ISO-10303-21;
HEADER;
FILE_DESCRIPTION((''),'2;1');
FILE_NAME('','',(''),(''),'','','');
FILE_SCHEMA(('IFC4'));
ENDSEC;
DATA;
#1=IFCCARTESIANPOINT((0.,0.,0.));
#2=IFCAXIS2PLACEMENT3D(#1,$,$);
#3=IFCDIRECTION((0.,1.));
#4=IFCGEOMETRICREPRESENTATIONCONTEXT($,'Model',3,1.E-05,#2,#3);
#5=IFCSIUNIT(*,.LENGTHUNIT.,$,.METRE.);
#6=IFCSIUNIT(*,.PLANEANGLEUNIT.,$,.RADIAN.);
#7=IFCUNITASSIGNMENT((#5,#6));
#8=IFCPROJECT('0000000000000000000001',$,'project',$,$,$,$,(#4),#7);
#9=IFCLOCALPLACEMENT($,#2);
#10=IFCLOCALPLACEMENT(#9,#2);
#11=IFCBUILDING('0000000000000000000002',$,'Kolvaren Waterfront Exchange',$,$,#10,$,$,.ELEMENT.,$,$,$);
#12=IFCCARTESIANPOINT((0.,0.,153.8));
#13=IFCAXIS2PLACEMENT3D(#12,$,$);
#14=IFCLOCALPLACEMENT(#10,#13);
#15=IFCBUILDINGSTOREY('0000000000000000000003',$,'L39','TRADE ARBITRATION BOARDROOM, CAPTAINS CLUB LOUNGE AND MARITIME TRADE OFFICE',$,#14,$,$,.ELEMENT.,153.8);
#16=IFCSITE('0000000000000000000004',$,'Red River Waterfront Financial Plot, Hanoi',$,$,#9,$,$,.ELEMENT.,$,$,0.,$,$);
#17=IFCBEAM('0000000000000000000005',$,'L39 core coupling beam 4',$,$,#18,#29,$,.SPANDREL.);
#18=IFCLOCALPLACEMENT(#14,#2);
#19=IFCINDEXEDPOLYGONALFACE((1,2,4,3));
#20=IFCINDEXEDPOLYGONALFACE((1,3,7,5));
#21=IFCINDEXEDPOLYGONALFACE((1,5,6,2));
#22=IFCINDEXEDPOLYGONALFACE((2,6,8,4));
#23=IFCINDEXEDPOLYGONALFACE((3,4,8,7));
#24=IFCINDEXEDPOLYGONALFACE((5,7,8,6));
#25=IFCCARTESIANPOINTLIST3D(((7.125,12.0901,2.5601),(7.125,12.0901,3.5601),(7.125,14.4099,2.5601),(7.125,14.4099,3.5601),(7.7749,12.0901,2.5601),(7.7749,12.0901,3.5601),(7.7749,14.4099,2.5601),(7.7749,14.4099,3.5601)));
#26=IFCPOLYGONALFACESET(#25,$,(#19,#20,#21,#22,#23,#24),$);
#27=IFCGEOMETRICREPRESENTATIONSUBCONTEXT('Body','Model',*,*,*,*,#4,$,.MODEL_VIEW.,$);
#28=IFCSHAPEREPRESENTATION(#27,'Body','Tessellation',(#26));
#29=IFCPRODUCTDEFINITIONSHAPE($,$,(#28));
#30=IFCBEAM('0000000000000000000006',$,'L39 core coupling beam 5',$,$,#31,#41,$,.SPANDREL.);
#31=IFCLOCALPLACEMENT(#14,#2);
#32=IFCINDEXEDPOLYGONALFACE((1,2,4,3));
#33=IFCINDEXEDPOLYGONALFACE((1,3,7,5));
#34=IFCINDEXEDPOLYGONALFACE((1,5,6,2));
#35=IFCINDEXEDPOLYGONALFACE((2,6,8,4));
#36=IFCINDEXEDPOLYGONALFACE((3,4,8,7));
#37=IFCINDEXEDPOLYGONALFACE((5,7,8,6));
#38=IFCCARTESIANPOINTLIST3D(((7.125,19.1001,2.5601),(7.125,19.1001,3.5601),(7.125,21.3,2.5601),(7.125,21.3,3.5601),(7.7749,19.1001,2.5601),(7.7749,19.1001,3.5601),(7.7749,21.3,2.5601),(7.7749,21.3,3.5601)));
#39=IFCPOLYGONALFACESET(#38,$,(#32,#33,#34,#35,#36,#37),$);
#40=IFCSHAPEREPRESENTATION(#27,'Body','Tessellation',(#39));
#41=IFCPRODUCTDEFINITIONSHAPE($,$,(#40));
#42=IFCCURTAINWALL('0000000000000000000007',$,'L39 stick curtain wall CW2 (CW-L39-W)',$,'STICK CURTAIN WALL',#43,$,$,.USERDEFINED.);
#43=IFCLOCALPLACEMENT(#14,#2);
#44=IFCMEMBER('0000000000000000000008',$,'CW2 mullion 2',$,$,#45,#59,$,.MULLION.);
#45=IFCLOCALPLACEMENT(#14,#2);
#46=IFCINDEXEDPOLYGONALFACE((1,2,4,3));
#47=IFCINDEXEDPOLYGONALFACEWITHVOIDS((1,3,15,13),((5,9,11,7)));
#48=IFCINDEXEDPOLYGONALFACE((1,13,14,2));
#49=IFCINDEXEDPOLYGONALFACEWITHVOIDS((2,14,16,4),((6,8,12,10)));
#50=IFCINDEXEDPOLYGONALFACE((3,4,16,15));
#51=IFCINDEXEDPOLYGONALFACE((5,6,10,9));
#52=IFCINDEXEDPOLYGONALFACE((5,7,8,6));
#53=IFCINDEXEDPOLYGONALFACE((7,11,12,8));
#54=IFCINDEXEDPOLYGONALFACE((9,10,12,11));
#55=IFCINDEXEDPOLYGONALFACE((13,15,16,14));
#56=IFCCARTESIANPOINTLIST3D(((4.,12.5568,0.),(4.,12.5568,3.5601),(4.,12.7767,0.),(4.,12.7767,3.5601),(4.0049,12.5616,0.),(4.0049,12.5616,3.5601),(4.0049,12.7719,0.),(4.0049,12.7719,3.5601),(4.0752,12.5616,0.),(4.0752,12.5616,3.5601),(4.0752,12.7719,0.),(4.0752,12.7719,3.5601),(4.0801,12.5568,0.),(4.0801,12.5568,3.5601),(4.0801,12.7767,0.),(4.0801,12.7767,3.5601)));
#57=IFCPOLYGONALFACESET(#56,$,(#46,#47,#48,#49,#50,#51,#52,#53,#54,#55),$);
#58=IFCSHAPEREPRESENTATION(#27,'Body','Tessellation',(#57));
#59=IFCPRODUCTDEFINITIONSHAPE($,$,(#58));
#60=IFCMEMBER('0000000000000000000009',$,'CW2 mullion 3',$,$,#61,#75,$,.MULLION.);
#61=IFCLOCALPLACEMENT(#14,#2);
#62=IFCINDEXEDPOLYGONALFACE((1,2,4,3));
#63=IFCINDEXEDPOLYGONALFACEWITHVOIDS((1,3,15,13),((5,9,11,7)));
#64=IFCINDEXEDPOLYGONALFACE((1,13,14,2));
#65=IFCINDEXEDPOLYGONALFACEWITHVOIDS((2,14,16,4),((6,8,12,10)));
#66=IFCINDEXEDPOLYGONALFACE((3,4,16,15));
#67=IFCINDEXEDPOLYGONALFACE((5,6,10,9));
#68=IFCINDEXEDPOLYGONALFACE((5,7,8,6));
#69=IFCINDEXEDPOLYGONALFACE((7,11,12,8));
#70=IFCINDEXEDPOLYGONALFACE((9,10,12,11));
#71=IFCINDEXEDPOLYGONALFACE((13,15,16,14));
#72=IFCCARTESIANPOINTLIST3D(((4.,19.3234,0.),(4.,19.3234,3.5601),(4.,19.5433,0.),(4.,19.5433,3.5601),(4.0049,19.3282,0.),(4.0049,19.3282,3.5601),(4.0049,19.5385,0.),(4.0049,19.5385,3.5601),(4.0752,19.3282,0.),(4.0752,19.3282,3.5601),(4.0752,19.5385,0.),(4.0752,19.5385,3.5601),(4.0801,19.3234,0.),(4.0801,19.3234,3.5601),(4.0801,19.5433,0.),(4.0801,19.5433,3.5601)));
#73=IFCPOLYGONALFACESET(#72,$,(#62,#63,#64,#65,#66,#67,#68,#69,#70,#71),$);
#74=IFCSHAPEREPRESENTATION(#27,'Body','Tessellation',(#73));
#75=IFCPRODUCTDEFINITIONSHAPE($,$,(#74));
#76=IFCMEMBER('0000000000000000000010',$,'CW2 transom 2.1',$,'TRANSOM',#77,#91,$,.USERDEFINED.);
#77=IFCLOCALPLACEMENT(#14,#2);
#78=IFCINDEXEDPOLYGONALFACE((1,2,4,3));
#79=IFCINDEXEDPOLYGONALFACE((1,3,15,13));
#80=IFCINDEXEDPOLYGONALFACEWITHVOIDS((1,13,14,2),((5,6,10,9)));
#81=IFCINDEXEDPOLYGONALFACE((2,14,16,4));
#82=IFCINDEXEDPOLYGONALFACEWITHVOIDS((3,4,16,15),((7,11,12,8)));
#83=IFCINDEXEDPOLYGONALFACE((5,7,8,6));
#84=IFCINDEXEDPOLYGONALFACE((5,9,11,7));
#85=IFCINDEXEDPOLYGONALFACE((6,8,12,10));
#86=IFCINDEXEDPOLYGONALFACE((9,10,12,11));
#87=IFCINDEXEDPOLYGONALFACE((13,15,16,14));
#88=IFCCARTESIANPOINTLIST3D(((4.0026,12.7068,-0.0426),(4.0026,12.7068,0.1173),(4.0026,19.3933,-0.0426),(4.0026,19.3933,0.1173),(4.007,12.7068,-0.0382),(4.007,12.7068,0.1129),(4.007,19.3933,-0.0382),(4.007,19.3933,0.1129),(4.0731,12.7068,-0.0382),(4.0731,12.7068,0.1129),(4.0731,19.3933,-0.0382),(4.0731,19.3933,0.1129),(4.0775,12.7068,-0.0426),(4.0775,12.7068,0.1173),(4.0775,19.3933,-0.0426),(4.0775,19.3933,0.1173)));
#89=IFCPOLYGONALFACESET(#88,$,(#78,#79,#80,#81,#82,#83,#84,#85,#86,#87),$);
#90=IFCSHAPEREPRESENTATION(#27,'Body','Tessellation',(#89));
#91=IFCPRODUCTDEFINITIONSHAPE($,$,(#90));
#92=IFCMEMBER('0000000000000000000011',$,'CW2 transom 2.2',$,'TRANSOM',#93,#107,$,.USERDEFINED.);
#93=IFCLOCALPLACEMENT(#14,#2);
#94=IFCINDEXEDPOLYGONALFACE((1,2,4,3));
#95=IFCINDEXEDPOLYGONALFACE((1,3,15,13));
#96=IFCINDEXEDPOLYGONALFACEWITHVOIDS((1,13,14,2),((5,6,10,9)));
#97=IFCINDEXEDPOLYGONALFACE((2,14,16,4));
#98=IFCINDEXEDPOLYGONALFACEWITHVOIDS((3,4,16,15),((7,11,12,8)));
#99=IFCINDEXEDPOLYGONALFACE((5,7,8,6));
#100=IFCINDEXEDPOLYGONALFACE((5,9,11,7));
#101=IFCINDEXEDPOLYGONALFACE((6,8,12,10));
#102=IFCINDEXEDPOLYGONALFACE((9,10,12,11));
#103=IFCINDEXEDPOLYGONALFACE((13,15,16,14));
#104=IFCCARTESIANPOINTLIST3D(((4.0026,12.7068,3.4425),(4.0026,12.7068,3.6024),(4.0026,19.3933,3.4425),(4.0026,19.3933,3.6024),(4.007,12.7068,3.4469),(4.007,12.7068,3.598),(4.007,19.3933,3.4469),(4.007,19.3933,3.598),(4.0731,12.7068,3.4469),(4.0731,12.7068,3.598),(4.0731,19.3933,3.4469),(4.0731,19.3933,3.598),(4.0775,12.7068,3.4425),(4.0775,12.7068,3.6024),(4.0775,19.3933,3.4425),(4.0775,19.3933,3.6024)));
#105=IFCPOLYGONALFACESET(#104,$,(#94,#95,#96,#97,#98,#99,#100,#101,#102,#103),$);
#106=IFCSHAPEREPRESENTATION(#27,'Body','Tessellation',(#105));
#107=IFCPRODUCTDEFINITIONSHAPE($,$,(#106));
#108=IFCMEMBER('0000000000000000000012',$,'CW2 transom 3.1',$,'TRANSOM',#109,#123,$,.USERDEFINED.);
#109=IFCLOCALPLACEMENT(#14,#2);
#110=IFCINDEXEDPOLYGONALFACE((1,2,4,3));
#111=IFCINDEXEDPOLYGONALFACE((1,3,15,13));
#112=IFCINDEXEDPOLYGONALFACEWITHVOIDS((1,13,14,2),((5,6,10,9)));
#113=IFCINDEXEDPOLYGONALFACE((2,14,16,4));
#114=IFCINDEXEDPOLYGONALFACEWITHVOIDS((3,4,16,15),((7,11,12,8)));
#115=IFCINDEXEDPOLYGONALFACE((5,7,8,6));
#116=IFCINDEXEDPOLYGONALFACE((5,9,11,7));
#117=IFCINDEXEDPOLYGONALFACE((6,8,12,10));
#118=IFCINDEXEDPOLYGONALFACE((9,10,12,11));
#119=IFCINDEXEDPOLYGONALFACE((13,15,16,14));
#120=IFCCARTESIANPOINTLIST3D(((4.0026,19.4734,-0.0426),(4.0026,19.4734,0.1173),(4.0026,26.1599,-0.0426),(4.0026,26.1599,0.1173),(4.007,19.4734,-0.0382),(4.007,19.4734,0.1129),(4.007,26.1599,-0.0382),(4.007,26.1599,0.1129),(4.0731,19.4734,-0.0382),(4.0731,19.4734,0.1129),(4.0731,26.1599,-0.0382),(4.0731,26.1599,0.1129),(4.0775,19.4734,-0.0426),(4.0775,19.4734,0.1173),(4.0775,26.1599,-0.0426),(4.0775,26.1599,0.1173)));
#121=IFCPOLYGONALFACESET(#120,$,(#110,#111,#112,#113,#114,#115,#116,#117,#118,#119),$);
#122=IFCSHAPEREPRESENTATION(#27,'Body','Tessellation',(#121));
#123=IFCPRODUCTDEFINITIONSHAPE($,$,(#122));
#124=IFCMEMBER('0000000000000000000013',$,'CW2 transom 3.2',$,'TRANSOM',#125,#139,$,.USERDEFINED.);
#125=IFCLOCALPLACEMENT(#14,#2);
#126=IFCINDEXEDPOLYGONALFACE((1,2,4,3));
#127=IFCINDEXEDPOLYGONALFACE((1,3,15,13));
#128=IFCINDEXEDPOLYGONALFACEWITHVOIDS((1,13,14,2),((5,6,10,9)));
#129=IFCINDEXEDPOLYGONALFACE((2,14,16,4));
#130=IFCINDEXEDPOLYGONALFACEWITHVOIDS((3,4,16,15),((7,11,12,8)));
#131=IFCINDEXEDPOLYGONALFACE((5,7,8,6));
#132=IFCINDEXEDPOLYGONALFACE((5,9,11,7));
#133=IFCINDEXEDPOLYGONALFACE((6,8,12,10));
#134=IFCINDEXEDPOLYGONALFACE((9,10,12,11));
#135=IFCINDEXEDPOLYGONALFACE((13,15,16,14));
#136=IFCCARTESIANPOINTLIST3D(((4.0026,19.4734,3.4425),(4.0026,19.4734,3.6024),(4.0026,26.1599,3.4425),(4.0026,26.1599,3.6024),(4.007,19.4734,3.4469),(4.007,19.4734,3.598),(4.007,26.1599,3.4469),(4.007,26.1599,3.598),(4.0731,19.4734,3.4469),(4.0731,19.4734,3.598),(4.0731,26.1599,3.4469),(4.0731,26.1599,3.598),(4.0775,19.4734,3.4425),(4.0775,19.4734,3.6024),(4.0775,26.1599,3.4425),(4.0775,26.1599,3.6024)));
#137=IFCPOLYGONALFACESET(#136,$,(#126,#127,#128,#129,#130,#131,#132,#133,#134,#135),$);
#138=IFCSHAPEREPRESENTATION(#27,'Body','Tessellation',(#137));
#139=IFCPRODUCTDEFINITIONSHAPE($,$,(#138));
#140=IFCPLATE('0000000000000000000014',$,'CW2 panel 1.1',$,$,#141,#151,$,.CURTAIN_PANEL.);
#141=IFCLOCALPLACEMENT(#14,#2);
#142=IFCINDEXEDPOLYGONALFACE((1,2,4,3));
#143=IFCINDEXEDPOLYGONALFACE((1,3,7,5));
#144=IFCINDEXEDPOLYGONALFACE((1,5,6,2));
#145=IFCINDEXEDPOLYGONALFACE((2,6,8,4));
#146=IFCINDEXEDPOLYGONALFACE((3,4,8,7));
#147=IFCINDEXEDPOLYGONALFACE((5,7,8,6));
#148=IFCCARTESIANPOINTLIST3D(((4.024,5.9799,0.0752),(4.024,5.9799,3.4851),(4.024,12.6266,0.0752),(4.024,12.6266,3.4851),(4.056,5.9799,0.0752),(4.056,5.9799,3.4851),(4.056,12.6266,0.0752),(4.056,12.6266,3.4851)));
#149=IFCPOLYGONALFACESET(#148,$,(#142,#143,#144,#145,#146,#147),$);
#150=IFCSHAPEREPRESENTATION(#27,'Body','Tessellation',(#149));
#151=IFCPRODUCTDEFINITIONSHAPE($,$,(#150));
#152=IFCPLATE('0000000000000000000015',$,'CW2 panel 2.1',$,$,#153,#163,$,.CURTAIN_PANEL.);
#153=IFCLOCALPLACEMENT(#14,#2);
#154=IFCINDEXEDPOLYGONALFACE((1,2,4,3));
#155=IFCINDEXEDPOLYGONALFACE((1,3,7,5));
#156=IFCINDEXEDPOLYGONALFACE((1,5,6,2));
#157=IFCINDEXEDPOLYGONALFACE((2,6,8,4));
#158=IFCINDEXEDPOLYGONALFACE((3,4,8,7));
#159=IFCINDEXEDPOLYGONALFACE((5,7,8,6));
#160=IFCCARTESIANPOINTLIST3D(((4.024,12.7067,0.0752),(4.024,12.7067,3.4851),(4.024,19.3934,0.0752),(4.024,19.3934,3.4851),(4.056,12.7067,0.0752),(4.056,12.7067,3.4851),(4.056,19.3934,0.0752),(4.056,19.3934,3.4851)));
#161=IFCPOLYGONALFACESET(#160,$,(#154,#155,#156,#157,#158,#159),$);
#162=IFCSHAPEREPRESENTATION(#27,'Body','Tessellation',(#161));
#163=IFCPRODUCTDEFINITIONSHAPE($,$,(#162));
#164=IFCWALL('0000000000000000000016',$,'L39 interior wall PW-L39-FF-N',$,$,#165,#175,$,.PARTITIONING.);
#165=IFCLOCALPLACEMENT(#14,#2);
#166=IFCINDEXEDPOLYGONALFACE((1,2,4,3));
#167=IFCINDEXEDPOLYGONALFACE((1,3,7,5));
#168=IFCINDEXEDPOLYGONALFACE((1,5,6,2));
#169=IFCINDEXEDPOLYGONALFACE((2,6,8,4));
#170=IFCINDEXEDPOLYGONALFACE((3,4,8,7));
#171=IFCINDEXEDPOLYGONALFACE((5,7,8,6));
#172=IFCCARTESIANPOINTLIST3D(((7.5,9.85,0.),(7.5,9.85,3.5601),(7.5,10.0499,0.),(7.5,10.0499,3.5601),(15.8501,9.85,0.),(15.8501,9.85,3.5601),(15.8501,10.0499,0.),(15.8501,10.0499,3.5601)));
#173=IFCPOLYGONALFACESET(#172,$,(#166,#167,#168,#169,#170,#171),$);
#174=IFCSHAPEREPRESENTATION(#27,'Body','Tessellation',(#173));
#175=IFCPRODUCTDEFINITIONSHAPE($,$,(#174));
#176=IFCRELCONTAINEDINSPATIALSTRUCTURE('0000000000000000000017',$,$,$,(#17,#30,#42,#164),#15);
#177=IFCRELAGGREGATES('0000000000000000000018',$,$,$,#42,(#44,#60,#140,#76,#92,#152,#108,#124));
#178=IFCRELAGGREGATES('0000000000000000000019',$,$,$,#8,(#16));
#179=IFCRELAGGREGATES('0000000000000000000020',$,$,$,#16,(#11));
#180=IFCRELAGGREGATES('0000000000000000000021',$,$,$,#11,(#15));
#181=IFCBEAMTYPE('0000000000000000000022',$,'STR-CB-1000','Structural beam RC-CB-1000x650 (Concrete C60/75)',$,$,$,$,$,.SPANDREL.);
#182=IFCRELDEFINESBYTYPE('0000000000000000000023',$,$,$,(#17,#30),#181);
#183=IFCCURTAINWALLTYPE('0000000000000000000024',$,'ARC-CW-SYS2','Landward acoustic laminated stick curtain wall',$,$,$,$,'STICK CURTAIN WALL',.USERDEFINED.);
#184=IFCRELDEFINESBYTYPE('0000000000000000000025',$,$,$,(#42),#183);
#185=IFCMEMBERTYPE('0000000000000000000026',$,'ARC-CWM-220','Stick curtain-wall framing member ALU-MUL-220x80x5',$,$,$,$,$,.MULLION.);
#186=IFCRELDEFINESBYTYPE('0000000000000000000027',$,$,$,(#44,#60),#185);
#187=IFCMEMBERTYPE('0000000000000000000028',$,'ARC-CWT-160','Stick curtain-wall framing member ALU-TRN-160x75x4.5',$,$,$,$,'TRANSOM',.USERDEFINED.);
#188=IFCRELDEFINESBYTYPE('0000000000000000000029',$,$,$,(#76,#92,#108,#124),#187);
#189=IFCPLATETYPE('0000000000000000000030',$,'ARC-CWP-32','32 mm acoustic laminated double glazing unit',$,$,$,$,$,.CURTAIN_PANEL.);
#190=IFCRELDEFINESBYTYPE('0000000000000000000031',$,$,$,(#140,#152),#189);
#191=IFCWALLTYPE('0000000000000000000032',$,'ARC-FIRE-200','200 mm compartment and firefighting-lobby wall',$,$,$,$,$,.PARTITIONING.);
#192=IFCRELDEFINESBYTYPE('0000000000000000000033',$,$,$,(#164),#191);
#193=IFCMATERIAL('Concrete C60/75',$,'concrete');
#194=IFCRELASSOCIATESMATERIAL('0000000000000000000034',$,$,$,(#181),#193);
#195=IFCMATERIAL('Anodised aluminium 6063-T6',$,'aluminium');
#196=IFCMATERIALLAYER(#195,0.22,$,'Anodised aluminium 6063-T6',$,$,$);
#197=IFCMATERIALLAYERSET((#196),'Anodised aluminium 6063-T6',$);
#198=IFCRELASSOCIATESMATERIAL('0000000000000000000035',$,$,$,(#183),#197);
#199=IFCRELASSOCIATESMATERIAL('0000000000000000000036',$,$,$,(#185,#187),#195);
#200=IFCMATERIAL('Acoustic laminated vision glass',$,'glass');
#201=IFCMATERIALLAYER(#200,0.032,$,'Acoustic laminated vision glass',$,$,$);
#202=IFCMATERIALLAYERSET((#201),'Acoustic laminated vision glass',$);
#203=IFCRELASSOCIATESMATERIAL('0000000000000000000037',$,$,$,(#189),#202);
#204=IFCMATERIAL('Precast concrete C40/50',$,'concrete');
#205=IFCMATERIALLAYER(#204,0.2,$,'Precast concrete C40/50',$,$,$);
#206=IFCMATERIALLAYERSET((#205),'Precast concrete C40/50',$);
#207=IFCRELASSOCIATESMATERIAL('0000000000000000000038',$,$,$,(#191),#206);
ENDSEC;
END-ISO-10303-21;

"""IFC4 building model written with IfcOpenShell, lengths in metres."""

from ifc_helpers import new_model, si_unit, direction, frame, frame_2d, origin, origin_with_axes, origin_2d, place, context, subcontext, project, spatial, rectangle, hollow_rectangle, extrude, source, transform, mapped, material, layer, layer_set, material_profile, profile_set, type_object, element, aggregate, save


model = new_model("IFC4")

# Units and contexts
model_context = context("Model", 3, precision=1e-05, world=origin(), true_north=direction((0.0, 1.0)))
body_context = subcontext(model_context, "Body", "Model", "MODEL_VIEW")
ifc_project = project(units=[si_unit("LENGTHUNIT", "METRE"), si_unit("PLANEANGLEUNIT", "RADIAN")], contexts=[model_context])

# Site, building, storey
site_placement = place(None, origin())
site = spatial("IfcSite", under=ifc_project, at=site_placement, Name="Red River Waterfront Financial Plot, Hanoi", CompositionType="ELEMENT", RefElevation=0.0)
building_placement = place(site_placement, origin())
building = spatial("IfcBuilding", under=site, at=building_placement, Name="Kolvaren Waterfront Exchange", CompositionType="ELEMENT")
storey_placement = place(building_placement, frame((0.0, 0.0, 153.8)))
storey = spatial("IfcBuildingStorey", under=building, at=storey_placement, Name="L39", Description="TRADE ARBITRATION BOARDROOM, CAPTAINS CLUB LOUNGE AND MARITIME TRADE OFFICE", CompositionType="ELEMENT", Elevation=153.8)

# Beams
ifc_material_1 = material(Name="Concrete C60/75", Category="concrete")
ifc_material_profile_1 = material_profile(ifc_material_1, rectangle(XDim=0.6499, YDim=1.0, at=origin_2d()), Name="RC-CB-1000x650")
ifc_profile_set_1 = profile_set([ifc_material_profile_1], Name="Concrete C60/75")
beam_type = type_object("IfcBeamType", Name="STR-CB-1000", Description="Structural beam RC-CB-1000x650 (Concrete C60/75)", PredefinedType="SPANDREL", material=ifc_profile_set_1)
beam_1_placement = place(storey_placement, frame((7.45, 12.0901, 3.0601), z_axis=(0.0, 1.0, 0.0), x_axis=(-1.0, 0.0, 0.0)))
element("IfcBeam", 1, at=beam_1_placement, inside=storey, type_object=beam_type, Name="L39 core coupling beam 4", PredefinedType="SPANDREL", context=body_context, shape_type="SweptSolid", body=[
    extrude(rectangle(XDim=0.6499, YDim=1.0, at=origin_2d()), origin(), (0.0, 0.0, 1.0), 2.3198),
])
beam_2_placement = place(storey_placement, frame((7.45, 19.1001, 3.0601), z_axis=(0.0, 1.0, 0.0), x_axis=(-1.0, 0.0, 0.0)))
element("IfcBeam", 2, at=beam_2_placement, inside=storey, type_object=beam_type, Name="L39 core coupling beam 5", PredefinedType="SPANDREL", context=body_context, shape_type="SweptSolid", body=[
    extrude(rectangle(XDim=0.6499, YDim=1.0, at=origin_2d()), origin(), (0.0, 0.0, 1.0), 2.2),
])

# Curtain wall, members, plates
ifc_material_2 = material(Name="Anodised aluminium 6063-T6", Category="aluminium")
ifc_layer_1 = layer(ifc_material_2, 0.22, Name="Anodised aluminium 6063-T6")
ifc_layer_set_1 = layer_set([ifc_layer_1], Name="Anodised aluminium 6063-T6")
curtain_wall_type = type_object("IfcCurtainWallType", Name="ARC-CW-SYS2", Description="Landward acoustic laminated stick curtain wall", ElementType="STICK CURTAIN WALL", PredefinedType="USERDEFINED", material=ifc_layer_set_1)
curtain_wall_placement = place(storey_placement, origin())
curtain_wall = element("IfcCurtainWall", 3, at=curtain_wall_placement, inside=storey, type_object=curtain_wall_type, Name="L39 stick curtain wall CW2 (CW-L39-W)", ObjectType="STICK CURTAIN WALL", PredefinedType="USERDEFINED")
ifc_material_profile_2 = material_profile(ifc_material_2, hollow_rectangle(XDim=0.0801, YDim=0.22, WallThickness=0.0049, at=origin_2d()), Name="ALU-MUL-220x80x5")
ifc_profile_set_2 = profile_set([ifc_material_profile_2], Name="Anodised aluminium 6063-T6")
member_type_1 = type_object("IfcMemberType", Name="ARC-CWM-220", Description="Stick curtain-wall framing member ALU-MUL-220x80x5", PredefinedType="MULLION", material=ifc_profile_set_2)
shared_shape_1 = source(origin_with_axes(), body_context, "Body", "SweptSolid", [
    extrude(hollow_rectangle(XDim=0.0801, YDim=0.22, WallThickness=0.0049, at=origin_2d()), origin(), (0.0, 0.0, 1.0), 3.5601),
])
member_1_placement = place(storey_placement, frame((4.04, 12.6667, 0.0), z_axis=(0.0, 0.0, 1.0), x_axis=(-1.0, 0.0, 0.0)))
member_1 = element("IfcMember", 4, at=member_1_placement, type_object=member_type_1, Name="CW2 mullion 2", PredefinedType="MULLION", context=body_context, shape_type="MappedRepresentation", body=[
    mapped(shared_shape_1, transform((0.0, 0.0, 0.0), x_axis=(1.0, 0.0, 0.0), y_axis=(0.0, 1.0, 0.0), z_axis=(0.0, 0.0, 1.0), scale=1.0)),
])
member_2_placement = place(storey_placement, frame((4.04, 19.4333, 0.0), z_axis=(0.0, 0.0, 1.0), x_axis=(-1.0, 0.0, 0.0)))
member_2 = element("IfcMember", 5, at=member_2_placement, type_object=member_type_1, Name="CW2 mullion 3", PredefinedType="MULLION", context=body_context, shape_type="MappedRepresentation", body=[
    mapped(shared_shape_1, transform((0.0, 0.0, 0.0), x_axis=(1.0, 0.0, 0.0), y_axis=(0.0, 1.0, 0.0), z_axis=(0.0, 0.0, 1.0), scale=1.0)),
])
ifc_material_profile_3 = material_profile(ifc_material_2, hollow_rectangle(XDim=0.075, YDim=0.1599, WallThickness=0.0044, at=origin_2d()), Name="ALU-TRN-160x75x4.5")
ifc_profile_set_3 = profile_set([ifc_material_profile_3], Name="Anodised aluminium 6063-T6")
member_type_2 = type_object("IfcMemberType", Name="ARC-CWT-160", Description="Stick curtain-wall framing member ALU-TRN-160x75x4.5", ElementType="TRANSOM", PredefinedType="USERDEFINED", material=ifc_profile_set_3)
shared_shape_2 = source(origin_with_axes(), body_context, "Body", "SweptSolid", [
    extrude(hollow_rectangle(XDim=0.075, YDim=0.1599, WallThickness=0.0044, at=origin_2d()), origin(), (0.0, 0.0, 1.0), 6.6865),
])
member_3_placement = place(storey_placement, frame((4.04, 12.7068, 0.0374), z_axis=(0.0, 1.0, 0.0), x_axis=(-1.0, 0.0, 0.0)))
member_3 = element("IfcMember", 6, at=member_3_placement, type_object=member_type_2, Name="CW2 transom 2.1", ObjectType="TRANSOM", PredefinedType="USERDEFINED", context=body_context, shape_type="MappedRepresentation", body=[
    mapped(shared_shape_2, transform((0.0, 0.0, 0.0), x_axis=(1.0, 0.0, 0.0), y_axis=(0.0, 1.0, 0.0), z_axis=(0.0, 0.0, 1.0), scale=1.0)),
])
member_4_placement = place(storey_placement, frame((4.04, 12.7068, 3.5225), z_axis=(0.0, 1.0, 0.0), x_axis=(-1.0, 0.0, 0.0)))
member_4 = element("IfcMember", 7, at=member_4_placement, type_object=member_type_2, Name="CW2 transom 2.2", ObjectType="TRANSOM", PredefinedType="USERDEFINED", context=body_context, shape_type="MappedRepresentation", body=[
    mapped(shared_shape_2, transform((0.0, 0.0, 0.0), x_axis=(1.0, 0.0, 0.0), y_axis=(0.0, 1.0, 0.0), z_axis=(0.0, 0.0, 1.0), scale=1.0)),
])
member_5_placement = place(storey_placement, frame((4.04, 19.4734, 0.0374), z_axis=(0.0, 1.0, 0.0), x_axis=(-1.0, 0.0, 0.0)))
member_5 = element("IfcMember", 8, at=member_5_placement, type_object=member_type_2, Name="CW2 transom 3.1", ObjectType="TRANSOM", PredefinedType="USERDEFINED", context=body_context, shape_type="MappedRepresentation", body=[
    mapped(shared_shape_2, transform((0.0, 0.0, 0.0), x_axis=(1.0, 0.0, 0.0), y_axis=(0.0, 1.0, 0.0), z_axis=(0.0, 0.0, 1.0), scale=1.0)),
])
member_6_placement = place(storey_placement, frame((4.04, 19.4734, 3.5225), z_axis=(0.0, 1.0, 0.0), x_axis=(-1.0, 0.0, 0.0)))
member_6 = element("IfcMember", 9, at=member_6_placement, type_object=member_type_2, Name="CW2 transom 3.2", ObjectType="TRANSOM", PredefinedType="USERDEFINED", context=body_context, shape_type="MappedRepresentation", body=[
    mapped(shared_shape_2, transform((0.0, 0.0, 0.0), x_axis=(1.0, 0.0, 0.0), y_axis=(0.0, 1.0, 0.0), z_axis=(0.0, 0.0, 1.0), scale=1.0)),
])
ifc_material_3 = material(Name="Acoustic laminated vision glass", Category="glass")
ifc_layer_2 = layer(ifc_material_3, 0.032, Name="Acoustic laminated vision glass")
ifc_layer_set_2 = layer_set([ifc_layer_2], Name="Acoustic laminated vision glass")
plate_type = type_object("IfcPlateType", Name="ARC-CWP-32", Description="32 mm acoustic laminated double glazing unit", PredefinedType="CURTAIN_PANEL", material=ifc_layer_set_2)
shared_shape_3 = source(origin_with_axes(), body_context, "Body", "SweptSolid", [
    extrude(rectangle(XDim=6.6467, YDim=0.032, at=origin_2d()), origin(), (0.0, 0.0, 1.0), 3.4099),
])
plate_1_placement = place(storey_placement, frame((4.04, 9.3032, 0.0752), z_axis=(0.0, 0.0, 1.0), x_axis=(0.0, 1.0, 0.0)))
plate_1 = element("IfcPlate", 10, at=plate_1_placement, type_object=plate_type, Name="CW2 panel 1.1", PredefinedType="CURTAIN_PANEL", context=body_context, shape_type="MappedRepresentation", body=[
    mapped(shared_shape_3, transform((0.0, 0.0, 0.0), x_axis=(1.0, 0.0, 0.0), y_axis=(0.0, 1.0, 0.0), z_axis=(0.0, 0.0, 1.0), scale=1.0)),
])
shared_shape_4 = source(origin_with_axes(), body_context, "Body", "SweptSolid", [
    extrude(rectangle(XDim=6.6868, YDim=0.032, at=origin_2d()), origin(), (0.0, 0.0, 1.0), 3.4099),
])
plate_2_placement = place(storey_placement, frame((4.04, 16.05, 0.0752), z_axis=(0.0, 0.0, 1.0), x_axis=(0.0, 1.0, 0.0)))
plate_2 = element("IfcPlate", 11, at=plate_2_placement, type_object=plate_type, Name="CW2 panel 2.1", PredefinedType="CURTAIN_PANEL", context=body_context, shape_type="MappedRepresentation", body=[
    mapped(shared_shape_4, transform((0.0, 0.0, 0.0), x_axis=(1.0, 0.0, 0.0), y_axis=(0.0, 1.0, 0.0), z_axis=(0.0, 0.0, 1.0), scale=1.0)),
])
aggregate(curtain_wall, [member_1, member_2, plate_1, member_3, member_4, plate_2, member_5, member_6])

# Wall
ifc_material_4 = material(Name="Precast concrete C40/50", Category="concrete")
ifc_layer_3 = layer(ifc_material_4, 0.2, Name="Precast concrete C40/50")
ifc_layer_set_3 = layer_set([ifc_layer_3], Name="Precast concrete C40/50")
wall_type_1 = type_object("IfcWallType", Name="ARC-FIRE-200", Description="200 mm compartment and firefighting-lobby wall", PredefinedType="PARTITIONING", material=ifc_layer_set_3)
wall_1_placement = place(storey_placement, frame((7.5, 9.95, 0.0), z_axis=(0.0, 0.0, 1.0), x_axis=(1.0, 0.0, 0.0)))
element("IfcWall", 12, at=wall_1_placement, inside=storey, type_object=wall_type_1, Name="L39 interior wall PW-L39-FF-N", PredefinedType="PARTITIONING", context=body_context, shape_type="SweptSolid", body=[
    extrude(rectangle(XDim=8.3501, YDim=0.2, at=frame_2d((4.175, 0.0))), origin(), (0.0, 0.0, 1.0), 3.5601),
])

save(model, "model.ifc")
